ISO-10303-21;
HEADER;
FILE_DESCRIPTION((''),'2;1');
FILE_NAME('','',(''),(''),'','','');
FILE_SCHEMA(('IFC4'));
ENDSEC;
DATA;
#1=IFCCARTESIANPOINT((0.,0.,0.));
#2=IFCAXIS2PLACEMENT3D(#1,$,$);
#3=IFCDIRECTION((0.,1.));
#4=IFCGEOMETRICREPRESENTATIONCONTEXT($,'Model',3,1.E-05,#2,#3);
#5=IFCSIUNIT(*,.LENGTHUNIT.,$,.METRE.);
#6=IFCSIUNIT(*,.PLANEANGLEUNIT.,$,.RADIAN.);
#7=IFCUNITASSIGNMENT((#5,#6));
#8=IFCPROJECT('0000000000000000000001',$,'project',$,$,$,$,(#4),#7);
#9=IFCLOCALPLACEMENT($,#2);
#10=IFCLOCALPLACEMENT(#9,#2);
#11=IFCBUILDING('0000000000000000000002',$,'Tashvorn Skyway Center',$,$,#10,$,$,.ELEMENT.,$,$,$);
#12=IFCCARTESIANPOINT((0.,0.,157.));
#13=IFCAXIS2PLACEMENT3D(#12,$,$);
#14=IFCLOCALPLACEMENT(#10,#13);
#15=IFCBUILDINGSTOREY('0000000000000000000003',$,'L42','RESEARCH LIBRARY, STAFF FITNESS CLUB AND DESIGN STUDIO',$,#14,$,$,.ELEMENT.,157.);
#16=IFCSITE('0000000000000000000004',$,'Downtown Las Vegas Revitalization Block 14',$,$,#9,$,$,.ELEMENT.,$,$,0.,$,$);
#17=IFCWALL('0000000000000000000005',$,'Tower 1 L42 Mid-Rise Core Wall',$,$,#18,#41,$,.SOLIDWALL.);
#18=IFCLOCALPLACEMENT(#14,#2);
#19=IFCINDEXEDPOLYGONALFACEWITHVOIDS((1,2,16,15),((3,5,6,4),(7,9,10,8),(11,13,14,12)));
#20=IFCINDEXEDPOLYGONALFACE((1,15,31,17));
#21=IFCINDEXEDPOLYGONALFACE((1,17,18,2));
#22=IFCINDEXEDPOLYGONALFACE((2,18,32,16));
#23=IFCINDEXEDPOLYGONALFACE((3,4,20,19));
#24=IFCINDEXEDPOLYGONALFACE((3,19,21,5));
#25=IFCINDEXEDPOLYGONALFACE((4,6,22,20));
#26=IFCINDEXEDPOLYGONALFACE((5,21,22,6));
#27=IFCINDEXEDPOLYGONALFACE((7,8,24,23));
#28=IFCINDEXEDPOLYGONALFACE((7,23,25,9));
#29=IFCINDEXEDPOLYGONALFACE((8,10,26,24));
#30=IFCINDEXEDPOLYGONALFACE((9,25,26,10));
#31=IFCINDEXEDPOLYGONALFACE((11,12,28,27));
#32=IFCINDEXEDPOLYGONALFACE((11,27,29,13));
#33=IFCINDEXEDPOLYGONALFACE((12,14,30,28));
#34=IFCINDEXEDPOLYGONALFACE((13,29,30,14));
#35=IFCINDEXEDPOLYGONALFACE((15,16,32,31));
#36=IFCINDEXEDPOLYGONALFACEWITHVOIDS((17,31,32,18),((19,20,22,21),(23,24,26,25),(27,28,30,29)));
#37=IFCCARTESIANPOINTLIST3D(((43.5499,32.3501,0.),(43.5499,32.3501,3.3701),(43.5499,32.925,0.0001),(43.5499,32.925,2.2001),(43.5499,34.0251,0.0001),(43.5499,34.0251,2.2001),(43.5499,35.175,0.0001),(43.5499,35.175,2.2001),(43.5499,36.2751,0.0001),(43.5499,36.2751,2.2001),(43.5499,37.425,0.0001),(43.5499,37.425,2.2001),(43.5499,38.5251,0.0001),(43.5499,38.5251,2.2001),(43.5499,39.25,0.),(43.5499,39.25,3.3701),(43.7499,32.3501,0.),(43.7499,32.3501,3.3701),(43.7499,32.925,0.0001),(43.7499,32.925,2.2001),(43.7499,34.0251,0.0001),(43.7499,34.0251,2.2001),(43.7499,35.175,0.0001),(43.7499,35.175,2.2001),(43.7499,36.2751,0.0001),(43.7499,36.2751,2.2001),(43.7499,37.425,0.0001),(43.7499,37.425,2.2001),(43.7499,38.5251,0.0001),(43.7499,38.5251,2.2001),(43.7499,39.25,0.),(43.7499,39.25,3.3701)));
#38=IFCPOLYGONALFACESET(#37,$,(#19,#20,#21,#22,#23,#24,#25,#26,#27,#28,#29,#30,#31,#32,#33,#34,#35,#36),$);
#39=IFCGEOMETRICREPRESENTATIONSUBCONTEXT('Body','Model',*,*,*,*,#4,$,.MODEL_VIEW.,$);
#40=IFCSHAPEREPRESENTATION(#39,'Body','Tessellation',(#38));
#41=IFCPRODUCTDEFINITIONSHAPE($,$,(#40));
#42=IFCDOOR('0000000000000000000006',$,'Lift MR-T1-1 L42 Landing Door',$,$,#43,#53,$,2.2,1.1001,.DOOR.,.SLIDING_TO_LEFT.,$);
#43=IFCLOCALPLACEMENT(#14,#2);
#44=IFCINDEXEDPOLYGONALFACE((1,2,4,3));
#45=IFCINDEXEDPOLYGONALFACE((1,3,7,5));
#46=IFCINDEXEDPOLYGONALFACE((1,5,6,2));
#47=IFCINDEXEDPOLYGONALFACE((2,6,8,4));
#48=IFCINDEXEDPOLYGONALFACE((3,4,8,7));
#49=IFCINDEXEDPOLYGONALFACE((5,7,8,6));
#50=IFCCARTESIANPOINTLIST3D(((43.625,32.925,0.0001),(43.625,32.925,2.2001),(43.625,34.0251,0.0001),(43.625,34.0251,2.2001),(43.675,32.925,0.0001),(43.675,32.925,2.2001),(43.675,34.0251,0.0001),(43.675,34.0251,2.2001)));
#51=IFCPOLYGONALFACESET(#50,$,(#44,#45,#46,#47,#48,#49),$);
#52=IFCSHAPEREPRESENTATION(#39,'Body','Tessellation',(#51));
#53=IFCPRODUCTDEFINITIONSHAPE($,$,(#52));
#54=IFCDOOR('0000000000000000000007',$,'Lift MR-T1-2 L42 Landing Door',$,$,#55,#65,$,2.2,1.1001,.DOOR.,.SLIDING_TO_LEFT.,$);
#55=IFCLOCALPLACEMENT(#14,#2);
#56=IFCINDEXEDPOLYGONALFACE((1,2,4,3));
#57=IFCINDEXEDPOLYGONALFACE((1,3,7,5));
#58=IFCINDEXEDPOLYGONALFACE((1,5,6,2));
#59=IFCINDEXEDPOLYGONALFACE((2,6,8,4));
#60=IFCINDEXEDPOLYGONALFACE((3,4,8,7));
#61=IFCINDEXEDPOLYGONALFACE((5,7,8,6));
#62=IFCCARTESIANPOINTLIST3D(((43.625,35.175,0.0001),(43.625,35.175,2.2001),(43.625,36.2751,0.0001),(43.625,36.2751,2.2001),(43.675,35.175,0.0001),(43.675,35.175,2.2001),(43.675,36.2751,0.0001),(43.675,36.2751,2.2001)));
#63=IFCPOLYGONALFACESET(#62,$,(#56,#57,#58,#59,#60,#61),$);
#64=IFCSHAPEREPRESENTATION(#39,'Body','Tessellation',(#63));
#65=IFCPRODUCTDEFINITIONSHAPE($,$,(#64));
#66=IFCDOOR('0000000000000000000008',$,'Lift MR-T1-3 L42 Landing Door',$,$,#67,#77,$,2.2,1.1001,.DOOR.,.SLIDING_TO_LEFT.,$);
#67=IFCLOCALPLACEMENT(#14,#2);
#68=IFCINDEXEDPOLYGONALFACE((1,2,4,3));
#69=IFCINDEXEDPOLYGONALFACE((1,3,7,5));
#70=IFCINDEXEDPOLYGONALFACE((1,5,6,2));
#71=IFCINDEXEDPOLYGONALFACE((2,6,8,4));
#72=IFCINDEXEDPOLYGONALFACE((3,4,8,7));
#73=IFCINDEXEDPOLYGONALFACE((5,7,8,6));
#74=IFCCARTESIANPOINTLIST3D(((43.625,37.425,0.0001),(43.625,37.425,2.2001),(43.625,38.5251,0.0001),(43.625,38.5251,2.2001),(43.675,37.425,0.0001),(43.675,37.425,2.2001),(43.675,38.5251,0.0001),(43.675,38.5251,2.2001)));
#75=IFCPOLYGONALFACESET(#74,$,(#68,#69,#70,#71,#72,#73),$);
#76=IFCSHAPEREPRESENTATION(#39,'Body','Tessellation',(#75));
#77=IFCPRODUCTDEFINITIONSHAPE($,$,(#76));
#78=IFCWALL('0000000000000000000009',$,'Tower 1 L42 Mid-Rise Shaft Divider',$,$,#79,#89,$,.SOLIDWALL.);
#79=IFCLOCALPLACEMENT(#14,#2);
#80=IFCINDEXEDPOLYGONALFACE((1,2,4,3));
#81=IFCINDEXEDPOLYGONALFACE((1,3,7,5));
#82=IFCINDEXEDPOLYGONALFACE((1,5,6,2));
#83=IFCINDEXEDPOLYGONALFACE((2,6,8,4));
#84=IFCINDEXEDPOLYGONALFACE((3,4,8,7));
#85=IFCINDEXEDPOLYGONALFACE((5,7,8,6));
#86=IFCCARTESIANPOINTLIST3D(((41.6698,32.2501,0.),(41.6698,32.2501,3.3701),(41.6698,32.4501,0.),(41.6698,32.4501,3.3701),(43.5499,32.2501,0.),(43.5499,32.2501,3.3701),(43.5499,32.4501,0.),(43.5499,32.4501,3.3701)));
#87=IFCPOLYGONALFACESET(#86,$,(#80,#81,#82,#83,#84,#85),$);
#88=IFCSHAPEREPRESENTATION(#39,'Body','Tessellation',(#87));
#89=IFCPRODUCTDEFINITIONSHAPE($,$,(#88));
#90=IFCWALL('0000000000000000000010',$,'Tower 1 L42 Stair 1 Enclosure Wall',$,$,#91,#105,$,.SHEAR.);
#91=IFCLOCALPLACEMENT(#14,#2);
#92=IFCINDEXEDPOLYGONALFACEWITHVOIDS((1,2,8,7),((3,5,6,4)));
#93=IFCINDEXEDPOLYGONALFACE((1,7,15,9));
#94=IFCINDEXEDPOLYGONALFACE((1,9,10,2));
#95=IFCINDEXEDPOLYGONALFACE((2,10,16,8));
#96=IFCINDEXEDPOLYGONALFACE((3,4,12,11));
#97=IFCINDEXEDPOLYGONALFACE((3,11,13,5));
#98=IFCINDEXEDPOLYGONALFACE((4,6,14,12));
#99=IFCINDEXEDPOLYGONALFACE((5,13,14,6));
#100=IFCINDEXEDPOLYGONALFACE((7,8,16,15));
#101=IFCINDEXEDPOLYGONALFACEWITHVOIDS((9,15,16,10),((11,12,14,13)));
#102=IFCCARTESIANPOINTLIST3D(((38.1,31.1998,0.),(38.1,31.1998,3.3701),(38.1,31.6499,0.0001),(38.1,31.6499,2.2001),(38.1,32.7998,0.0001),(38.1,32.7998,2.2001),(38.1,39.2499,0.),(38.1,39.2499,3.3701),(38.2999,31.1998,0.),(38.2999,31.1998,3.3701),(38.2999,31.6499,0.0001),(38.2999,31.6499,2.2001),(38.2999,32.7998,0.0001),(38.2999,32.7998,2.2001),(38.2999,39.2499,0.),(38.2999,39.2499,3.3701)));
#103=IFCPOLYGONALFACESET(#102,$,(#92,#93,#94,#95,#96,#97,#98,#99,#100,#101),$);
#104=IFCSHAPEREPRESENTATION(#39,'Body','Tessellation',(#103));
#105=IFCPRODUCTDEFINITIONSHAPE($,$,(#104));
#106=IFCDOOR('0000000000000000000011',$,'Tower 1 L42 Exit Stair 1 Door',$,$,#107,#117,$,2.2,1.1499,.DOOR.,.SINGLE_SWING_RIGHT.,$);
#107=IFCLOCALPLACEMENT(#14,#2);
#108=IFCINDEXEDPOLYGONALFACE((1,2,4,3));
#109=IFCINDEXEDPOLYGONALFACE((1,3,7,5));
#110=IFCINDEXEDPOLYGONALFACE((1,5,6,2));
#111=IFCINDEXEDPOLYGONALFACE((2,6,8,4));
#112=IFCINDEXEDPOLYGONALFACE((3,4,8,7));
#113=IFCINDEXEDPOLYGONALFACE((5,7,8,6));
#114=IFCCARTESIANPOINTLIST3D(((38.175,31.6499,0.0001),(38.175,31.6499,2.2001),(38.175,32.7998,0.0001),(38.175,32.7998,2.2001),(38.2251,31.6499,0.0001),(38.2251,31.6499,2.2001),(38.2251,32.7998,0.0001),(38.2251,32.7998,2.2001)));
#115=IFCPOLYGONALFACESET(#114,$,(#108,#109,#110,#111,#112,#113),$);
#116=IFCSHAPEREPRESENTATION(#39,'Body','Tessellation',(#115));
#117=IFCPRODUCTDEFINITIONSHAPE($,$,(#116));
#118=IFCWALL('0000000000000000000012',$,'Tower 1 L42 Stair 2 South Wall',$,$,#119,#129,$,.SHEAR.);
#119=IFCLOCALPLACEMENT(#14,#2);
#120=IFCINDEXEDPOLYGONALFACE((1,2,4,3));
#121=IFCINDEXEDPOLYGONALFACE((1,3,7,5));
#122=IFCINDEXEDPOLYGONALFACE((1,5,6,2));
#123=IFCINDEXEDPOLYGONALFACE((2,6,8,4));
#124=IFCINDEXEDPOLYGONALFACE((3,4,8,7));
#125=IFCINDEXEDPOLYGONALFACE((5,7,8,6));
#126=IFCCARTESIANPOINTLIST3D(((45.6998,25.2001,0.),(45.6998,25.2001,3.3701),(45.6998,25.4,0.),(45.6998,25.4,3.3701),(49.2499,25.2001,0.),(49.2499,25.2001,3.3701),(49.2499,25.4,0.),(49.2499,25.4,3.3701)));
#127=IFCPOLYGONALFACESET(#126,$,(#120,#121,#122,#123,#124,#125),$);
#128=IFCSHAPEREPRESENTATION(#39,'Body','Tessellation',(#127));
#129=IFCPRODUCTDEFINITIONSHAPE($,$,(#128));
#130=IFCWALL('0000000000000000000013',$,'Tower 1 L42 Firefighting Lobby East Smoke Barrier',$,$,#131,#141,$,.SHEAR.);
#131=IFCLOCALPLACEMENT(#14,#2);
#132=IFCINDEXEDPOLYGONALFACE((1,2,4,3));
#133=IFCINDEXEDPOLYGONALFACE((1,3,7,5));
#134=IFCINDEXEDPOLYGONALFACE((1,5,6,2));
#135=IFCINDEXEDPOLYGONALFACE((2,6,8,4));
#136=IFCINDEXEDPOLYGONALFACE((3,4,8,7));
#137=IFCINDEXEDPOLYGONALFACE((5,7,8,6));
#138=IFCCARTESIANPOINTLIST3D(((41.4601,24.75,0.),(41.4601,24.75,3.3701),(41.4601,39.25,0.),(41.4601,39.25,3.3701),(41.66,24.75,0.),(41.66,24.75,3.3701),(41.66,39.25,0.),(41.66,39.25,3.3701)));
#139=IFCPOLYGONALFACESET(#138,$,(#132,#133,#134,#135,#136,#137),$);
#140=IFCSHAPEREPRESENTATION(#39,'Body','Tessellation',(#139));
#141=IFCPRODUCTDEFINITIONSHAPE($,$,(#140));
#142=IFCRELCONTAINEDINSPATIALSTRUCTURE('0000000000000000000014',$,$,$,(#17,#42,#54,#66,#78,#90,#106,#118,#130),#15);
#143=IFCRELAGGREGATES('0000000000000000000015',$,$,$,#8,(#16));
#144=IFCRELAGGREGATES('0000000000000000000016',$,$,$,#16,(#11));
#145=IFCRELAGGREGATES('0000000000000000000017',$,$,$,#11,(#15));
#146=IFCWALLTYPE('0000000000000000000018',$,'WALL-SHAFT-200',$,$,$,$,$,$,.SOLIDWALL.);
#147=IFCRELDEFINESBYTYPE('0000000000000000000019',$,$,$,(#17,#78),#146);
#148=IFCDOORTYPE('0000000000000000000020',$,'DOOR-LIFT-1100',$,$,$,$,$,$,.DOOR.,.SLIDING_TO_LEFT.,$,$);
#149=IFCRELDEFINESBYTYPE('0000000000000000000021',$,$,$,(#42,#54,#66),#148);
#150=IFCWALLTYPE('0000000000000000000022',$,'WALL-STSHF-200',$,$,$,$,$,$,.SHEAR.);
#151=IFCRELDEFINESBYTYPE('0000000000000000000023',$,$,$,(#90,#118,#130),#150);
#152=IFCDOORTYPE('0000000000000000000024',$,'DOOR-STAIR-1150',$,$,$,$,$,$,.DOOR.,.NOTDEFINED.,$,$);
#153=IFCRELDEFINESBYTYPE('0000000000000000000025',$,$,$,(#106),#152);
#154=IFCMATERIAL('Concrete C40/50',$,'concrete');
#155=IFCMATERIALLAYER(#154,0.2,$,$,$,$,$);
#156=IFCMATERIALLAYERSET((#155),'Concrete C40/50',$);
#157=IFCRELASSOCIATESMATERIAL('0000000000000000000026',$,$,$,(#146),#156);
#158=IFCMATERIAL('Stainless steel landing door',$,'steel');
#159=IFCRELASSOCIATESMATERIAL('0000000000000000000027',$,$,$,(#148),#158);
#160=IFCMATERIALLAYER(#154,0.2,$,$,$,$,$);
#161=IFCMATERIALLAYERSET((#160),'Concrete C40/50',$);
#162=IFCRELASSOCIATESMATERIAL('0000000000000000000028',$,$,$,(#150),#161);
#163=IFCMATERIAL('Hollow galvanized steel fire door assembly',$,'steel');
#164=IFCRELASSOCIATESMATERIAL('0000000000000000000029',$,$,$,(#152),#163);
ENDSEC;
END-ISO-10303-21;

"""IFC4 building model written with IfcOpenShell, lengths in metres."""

from ifc_helpers import new_model, si_unit, direction, frame, frame_2d, origin, place, context, subcontext, project, spatial, rectangle, extrude, material, layer, layer_set, type_object, element, fill, save


model = new_model("IFC4")

# Units and contexts
model_context = context("Model", 3, precision=1e-05, world=origin(), true_north=direction((0.0, 1.0)))
body_context = subcontext(model_context, "Body", "Model", "MODEL_VIEW")
ifc_project = project(units=[si_unit("LENGTHUNIT", "METRE"), si_unit("PLANEANGLEUNIT", "RADIAN")], contexts=[model_context])

# Site, building, storey
site_placement = place(None, origin())
site = spatial("IfcSite", under=ifc_project, at=site_placement, Name="Downtown Las Vegas Revitalization Block 14", CompositionType="ELEMENT", RefElevation=0.0)
building_placement = place(site_placement, origin())
building = spatial("IfcBuilding", under=site, at=building_placement, Name="Tashvorn Skyway Center", CompositionType="ELEMENT")
storey_placement = place(building_placement, frame((0.0, 0.0, 157.0)))
storey = spatial("IfcBuildingStorey", under=building, at=storey_placement, Name="L42", Description="RESEARCH LIBRARY, STAFF FITNESS CLUB AND DESIGN STUDIO", CompositionType="ELEMENT", Elevation=157.0)

# Shared definitions
ifc_material_1 = material(Name="Concrete C40/50", Category="concrete")
ifc_material_2 = material(Name="Hollow galvanized steel fire door assembly", Category="steel")

# Wall, openings, doors
ifc_layer_1 = layer(ifc_material_1, 0.2)
ifc_layer_set_1 = layer_set([ifc_layer_1], Name="Concrete C40/50")
wall_type_1 = type_object("IfcWallType", Name="WALL-SHAFT-200", PredefinedType="SOLIDWALL", material=ifc_layer_set_1)
wall_1_placement = place(storey_placement, frame((43.6499, 32.3501, 0.0), z_axis=(0.0, 0.0, 1.0), x_axis=(0.0, 1.0, 0.0)))
wall_1 = element("IfcWall", 1, at=wall_1_placement, inside=storey, type_object=wall_type_1, Name="Tower 1 L42 Mid-Rise Core Wall", PredefinedType="SOLIDWALL", context=body_context, shape_type="SweptSolid", body=[
    extrude(rectangle(XDim=6.8999, YDim=0.2, at=frame_2d((3.45, 0.0))), origin(), (0.0, 0.0, 1.0), 3.3701),
])
opening_1_placement = place(wall_1_placement, frame((0.575, 0.0, 0.0)))
opening_1 = element("IfcOpeningElement", 2, at=opening_1_placement, cuts=wall_1, PredefinedType="OPENING", context=body_context, shape_type="SweptSolid", body=[
    extrude(rectangle(XDim=1.1001, YDim=2.2, at=frame_2d((0.55, 1.1001))), frame((0.0, 0.1099, 0.0), z_axis=(0.0, -1.0, 0.0), x_axis=(1.0, 0.0, 0.0)), (0.0, 0.0, 1.0), 0.22),
])
opening_2_placement = place(wall_1_placement, frame((2.825, 0.0, 0.0)))
opening_2 = element("IfcOpeningElement", 3, at=opening_2_placement, cuts=wall_1, PredefinedType="OPENING", context=body_context, shape_type="SweptSolid", body=[
    extrude(rectangle(XDim=1.1001, YDim=2.2, at=frame_2d((0.55, 1.1001))), frame((0.0, 0.1099, 0.0), z_axis=(0.0, -1.0, 0.0), x_axis=(1.0, 0.0, 0.0)), (0.0, 0.0, 1.0), 0.22),
])
opening_3_placement = place(wall_1_placement, frame((5.075, 0.0, 0.0)))
opening_3 = element("IfcOpeningElement", 4, at=opening_3_placement, cuts=wall_1, PredefinedType="OPENING", context=body_context, shape_type="SweptSolid", body=[
    extrude(rectangle(XDim=1.1001, YDim=2.2, at=frame_2d((0.55, 1.1001))), frame((0.0, 0.1099, 0.0), z_axis=(0.0, -1.0, 0.0), x_axis=(1.0, 0.0, 0.0)), (0.0, 0.0, 1.0), 0.22),
])
ifc_material_3 = material(Name="Stainless steel landing door", Category="steel")
door_type_1 = type_object("IfcDoorType", Name="DOOR-LIFT-1100", OperationType="SLIDING_TO_LEFT", PredefinedType="DOOR", material=ifc_material_3)
door_1_placement = place(opening_1_placement, origin())
door_1 = element("IfcDoor", 5, at=door_1_placement, inside=storey, type_object=door_type_1, Name="Lift MR-T1-1 L42 Landing Door", OperationType="SLIDING_TO_LEFT", OverallHeight=2.2, OverallWidth=1.1001, PredefinedType="DOOR", context=body_context, shape_type="SweptSolid", body=[
    extrude(rectangle(XDim=1.1001, YDim=2.2, at=frame_2d((0.55, 1.1001))), frame((0.0, 0.0249, 0.0), z_axis=(0.0, -1.0, 0.0), x_axis=(1.0, 0.0, 0.0)), (0.0, 0.0, 1.0), 0.05),
])
fill(opening_1, door_1)
door_2_placement = place(opening_2_placement, origin())
door_2 = element("IfcDoor", 6, at=door_2_placement, inside=storey, type_object=door_type_1, Name="Lift MR-T1-2 L42 Landing Door", OperationType="SLIDING_TO_LEFT", OverallHeight=2.2, OverallWidth=1.1001, PredefinedType="DOOR", context=body_context, shape_type="SweptSolid", body=[
    extrude(rectangle(XDim=1.1001, YDim=2.2, at=frame_2d((0.55, 1.1001))), frame((0.0, 0.0249, 0.0), z_axis=(0.0, -1.0, 0.0), x_axis=(1.0, 0.0, 0.0)), (0.0, 0.0, 1.0), 0.05),
])
fill(opening_2, door_2)
door_3_placement = place(opening_3_placement, origin())
door_3 = element("IfcDoor", 7, at=door_3_placement, inside=storey, type_object=door_type_1, Name="Lift MR-T1-3 L42 Landing Door", OperationType="SLIDING_TO_LEFT", OverallHeight=2.2, OverallWidth=1.1001, PredefinedType="DOOR", context=body_context, shape_type="SweptSolid", body=[
    extrude(rectangle(XDim=1.1001, YDim=2.2, at=frame_2d((0.55, 1.1001))), frame((0.0, 0.0249, 0.0), z_axis=(0.0, -1.0, 0.0), x_axis=(1.0, 0.0, 0.0)), (0.0, 0.0, 1.0), 0.05),
])
fill(opening_3, door_3)

# Wall
wall_2_placement = place(storey_placement, frame((41.6699, 32.3501, 0.0), z_axis=(0.0, 0.0, 1.0), x_axis=(1.0, 0.0, 0.0)))
element("IfcWall", 8, at=wall_2_placement, inside=storey, type_object=wall_type_1, Name="Tower 1 L42 Mid-Rise Shaft Divider", PredefinedType="SOLIDWALL", context=body_context, shape_type="SweptSolid", body=[
    extrude(rectangle(XDim=1.8801, YDim=0.2, at=frame_2d((0.9399, 0.0))), origin(), (0.0, 0.0, 1.0), 3.3701),
])

# Wall, opening, door
ifc_layer_2 = layer(ifc_material_1, 0.2)
ifc_layer_set_2 = layer_set([ifc_layer_2], Name="Concrete C40/50")
wall_type_2 = type_object("IfcWallType", Name="WALL-STSHF-200", PredefinedType="SHEAR", material=ifc_layer_set_2)
wall_3_placement = place(storey_placement, frame((38.2, 31.2, 0.0), z_axis=(0.0, 0.0, 1.0), x_axis=(0.0, 1.0, 0.0)))
wall_3 = element("IfcWall", 9, at=wall_3_placement, inside=storey, type_object=wall_type_2, Name="Tower 1 L42 Stair 1 Enclosure Wall", PredefinedType="SHEAR", context=body_context, shape_type="SweptSolid", body=[
    extrude(rectangle(XDim=8.05, YDim=0.2, at=frame_2d((4.0249, 0.0))), origin(), (0.0, 0.0, 1.0), 3.3701),
])
opening_4_placement = place(wall_3_placement, frame((0.45, 0.0, 0.0)))
opening_4 = element("IfcOpeningElement", 10, at=opening_4_placement, cuts=wall_3, PredefinedType="OPENING", context=body_context, shape_type="SweptSolid", body=[
    extrude(rectangle(XDim=1.1499, YDim=2.2, at=frame_2d((0.575, 1.1001))), frame((0.0, 0.1099, 0.0), z_axis=(0.0, -1.0, 0.0), x_axis=(1.0, 0.0, 0.0)), (0.0, 0.0, 1.0), 0.22),
])
door_type_2 = type_object("IfcDoorType", Name="DOOR-STAIR-1150", OperationType="NOTDEFINED", PredefinedType="DOOR", material=ifc_material_2)
door_4_placement = place(opening_4_placement, origin())
door_4 = element("IfcDoor", 11, at=door_4_placement, inside=storey, type_object=door_type_2, Name="Tower 1 L42 Exit Stair 1 Door", OperationType="SINGLE_SWING_RIGHT", OverallHeight=2.2, OverallWidth=1.1499, PredefinedType="DOOR", context=body_context, shape_type="SweptSolid", body=[
    extrude(rectangle(XDim=1.1499, YDim=2.2, at=frame_2d((0.575, 1.1001))), frame((0.0, 0.0249, 0.0), z_axis=(0.0, -1.0, 0.0), x_axis=(1.0, 0.0, 0.0)), (0.0, 0.0, 1.0), 0.05),
])
fill(opening_4, door_4)

# Walls
wall_4_placement = place(storey_placement, frame((45.7, 25.3, 0.0), z_axis=(0.0, 0.0, 1.0), x_axis=(1.0, 0.0, 0.0)))
element("IfcWall", 12, at=wall_4_placement, inside=storey, type_object=wall_type_2, Name="Tower 1 L42 Stair 2 South Wall", PredefinedType="SHEAR", context=body_context, shape_type="SweptSolid", body=[
    extrude(rectangle(XDim=3.55, YDim=0.2, at=frame_2d((1.7749, 0.0))), origin(), (0.0, 0.0, 1.0), 3.3701),
])
wall_5_placement = place(storey_placement, frame((41.5601, 24.75, 0.0), z_axis=(0.0, 0.0, 1.0), x_axis=(0.0, 1.0, 0.0)))
element("IfcWall", 13, at=wall_5_placement, inside=storey, type_object=wall_type_2, Name="Tower 1 L42 Firefighting Lobby East Smoke Barrier", PredefinedType="SHEAR", context=body_context, shape_type="SweptSolid", body=[
    extrude(rectangle(XDim=14.5, YDim=0.2, at=frame_2d((7.25, 0.0))), origin(), (0.0, 0.0, 1.0), 3.3701),
])

save(model, "model.ifc")
